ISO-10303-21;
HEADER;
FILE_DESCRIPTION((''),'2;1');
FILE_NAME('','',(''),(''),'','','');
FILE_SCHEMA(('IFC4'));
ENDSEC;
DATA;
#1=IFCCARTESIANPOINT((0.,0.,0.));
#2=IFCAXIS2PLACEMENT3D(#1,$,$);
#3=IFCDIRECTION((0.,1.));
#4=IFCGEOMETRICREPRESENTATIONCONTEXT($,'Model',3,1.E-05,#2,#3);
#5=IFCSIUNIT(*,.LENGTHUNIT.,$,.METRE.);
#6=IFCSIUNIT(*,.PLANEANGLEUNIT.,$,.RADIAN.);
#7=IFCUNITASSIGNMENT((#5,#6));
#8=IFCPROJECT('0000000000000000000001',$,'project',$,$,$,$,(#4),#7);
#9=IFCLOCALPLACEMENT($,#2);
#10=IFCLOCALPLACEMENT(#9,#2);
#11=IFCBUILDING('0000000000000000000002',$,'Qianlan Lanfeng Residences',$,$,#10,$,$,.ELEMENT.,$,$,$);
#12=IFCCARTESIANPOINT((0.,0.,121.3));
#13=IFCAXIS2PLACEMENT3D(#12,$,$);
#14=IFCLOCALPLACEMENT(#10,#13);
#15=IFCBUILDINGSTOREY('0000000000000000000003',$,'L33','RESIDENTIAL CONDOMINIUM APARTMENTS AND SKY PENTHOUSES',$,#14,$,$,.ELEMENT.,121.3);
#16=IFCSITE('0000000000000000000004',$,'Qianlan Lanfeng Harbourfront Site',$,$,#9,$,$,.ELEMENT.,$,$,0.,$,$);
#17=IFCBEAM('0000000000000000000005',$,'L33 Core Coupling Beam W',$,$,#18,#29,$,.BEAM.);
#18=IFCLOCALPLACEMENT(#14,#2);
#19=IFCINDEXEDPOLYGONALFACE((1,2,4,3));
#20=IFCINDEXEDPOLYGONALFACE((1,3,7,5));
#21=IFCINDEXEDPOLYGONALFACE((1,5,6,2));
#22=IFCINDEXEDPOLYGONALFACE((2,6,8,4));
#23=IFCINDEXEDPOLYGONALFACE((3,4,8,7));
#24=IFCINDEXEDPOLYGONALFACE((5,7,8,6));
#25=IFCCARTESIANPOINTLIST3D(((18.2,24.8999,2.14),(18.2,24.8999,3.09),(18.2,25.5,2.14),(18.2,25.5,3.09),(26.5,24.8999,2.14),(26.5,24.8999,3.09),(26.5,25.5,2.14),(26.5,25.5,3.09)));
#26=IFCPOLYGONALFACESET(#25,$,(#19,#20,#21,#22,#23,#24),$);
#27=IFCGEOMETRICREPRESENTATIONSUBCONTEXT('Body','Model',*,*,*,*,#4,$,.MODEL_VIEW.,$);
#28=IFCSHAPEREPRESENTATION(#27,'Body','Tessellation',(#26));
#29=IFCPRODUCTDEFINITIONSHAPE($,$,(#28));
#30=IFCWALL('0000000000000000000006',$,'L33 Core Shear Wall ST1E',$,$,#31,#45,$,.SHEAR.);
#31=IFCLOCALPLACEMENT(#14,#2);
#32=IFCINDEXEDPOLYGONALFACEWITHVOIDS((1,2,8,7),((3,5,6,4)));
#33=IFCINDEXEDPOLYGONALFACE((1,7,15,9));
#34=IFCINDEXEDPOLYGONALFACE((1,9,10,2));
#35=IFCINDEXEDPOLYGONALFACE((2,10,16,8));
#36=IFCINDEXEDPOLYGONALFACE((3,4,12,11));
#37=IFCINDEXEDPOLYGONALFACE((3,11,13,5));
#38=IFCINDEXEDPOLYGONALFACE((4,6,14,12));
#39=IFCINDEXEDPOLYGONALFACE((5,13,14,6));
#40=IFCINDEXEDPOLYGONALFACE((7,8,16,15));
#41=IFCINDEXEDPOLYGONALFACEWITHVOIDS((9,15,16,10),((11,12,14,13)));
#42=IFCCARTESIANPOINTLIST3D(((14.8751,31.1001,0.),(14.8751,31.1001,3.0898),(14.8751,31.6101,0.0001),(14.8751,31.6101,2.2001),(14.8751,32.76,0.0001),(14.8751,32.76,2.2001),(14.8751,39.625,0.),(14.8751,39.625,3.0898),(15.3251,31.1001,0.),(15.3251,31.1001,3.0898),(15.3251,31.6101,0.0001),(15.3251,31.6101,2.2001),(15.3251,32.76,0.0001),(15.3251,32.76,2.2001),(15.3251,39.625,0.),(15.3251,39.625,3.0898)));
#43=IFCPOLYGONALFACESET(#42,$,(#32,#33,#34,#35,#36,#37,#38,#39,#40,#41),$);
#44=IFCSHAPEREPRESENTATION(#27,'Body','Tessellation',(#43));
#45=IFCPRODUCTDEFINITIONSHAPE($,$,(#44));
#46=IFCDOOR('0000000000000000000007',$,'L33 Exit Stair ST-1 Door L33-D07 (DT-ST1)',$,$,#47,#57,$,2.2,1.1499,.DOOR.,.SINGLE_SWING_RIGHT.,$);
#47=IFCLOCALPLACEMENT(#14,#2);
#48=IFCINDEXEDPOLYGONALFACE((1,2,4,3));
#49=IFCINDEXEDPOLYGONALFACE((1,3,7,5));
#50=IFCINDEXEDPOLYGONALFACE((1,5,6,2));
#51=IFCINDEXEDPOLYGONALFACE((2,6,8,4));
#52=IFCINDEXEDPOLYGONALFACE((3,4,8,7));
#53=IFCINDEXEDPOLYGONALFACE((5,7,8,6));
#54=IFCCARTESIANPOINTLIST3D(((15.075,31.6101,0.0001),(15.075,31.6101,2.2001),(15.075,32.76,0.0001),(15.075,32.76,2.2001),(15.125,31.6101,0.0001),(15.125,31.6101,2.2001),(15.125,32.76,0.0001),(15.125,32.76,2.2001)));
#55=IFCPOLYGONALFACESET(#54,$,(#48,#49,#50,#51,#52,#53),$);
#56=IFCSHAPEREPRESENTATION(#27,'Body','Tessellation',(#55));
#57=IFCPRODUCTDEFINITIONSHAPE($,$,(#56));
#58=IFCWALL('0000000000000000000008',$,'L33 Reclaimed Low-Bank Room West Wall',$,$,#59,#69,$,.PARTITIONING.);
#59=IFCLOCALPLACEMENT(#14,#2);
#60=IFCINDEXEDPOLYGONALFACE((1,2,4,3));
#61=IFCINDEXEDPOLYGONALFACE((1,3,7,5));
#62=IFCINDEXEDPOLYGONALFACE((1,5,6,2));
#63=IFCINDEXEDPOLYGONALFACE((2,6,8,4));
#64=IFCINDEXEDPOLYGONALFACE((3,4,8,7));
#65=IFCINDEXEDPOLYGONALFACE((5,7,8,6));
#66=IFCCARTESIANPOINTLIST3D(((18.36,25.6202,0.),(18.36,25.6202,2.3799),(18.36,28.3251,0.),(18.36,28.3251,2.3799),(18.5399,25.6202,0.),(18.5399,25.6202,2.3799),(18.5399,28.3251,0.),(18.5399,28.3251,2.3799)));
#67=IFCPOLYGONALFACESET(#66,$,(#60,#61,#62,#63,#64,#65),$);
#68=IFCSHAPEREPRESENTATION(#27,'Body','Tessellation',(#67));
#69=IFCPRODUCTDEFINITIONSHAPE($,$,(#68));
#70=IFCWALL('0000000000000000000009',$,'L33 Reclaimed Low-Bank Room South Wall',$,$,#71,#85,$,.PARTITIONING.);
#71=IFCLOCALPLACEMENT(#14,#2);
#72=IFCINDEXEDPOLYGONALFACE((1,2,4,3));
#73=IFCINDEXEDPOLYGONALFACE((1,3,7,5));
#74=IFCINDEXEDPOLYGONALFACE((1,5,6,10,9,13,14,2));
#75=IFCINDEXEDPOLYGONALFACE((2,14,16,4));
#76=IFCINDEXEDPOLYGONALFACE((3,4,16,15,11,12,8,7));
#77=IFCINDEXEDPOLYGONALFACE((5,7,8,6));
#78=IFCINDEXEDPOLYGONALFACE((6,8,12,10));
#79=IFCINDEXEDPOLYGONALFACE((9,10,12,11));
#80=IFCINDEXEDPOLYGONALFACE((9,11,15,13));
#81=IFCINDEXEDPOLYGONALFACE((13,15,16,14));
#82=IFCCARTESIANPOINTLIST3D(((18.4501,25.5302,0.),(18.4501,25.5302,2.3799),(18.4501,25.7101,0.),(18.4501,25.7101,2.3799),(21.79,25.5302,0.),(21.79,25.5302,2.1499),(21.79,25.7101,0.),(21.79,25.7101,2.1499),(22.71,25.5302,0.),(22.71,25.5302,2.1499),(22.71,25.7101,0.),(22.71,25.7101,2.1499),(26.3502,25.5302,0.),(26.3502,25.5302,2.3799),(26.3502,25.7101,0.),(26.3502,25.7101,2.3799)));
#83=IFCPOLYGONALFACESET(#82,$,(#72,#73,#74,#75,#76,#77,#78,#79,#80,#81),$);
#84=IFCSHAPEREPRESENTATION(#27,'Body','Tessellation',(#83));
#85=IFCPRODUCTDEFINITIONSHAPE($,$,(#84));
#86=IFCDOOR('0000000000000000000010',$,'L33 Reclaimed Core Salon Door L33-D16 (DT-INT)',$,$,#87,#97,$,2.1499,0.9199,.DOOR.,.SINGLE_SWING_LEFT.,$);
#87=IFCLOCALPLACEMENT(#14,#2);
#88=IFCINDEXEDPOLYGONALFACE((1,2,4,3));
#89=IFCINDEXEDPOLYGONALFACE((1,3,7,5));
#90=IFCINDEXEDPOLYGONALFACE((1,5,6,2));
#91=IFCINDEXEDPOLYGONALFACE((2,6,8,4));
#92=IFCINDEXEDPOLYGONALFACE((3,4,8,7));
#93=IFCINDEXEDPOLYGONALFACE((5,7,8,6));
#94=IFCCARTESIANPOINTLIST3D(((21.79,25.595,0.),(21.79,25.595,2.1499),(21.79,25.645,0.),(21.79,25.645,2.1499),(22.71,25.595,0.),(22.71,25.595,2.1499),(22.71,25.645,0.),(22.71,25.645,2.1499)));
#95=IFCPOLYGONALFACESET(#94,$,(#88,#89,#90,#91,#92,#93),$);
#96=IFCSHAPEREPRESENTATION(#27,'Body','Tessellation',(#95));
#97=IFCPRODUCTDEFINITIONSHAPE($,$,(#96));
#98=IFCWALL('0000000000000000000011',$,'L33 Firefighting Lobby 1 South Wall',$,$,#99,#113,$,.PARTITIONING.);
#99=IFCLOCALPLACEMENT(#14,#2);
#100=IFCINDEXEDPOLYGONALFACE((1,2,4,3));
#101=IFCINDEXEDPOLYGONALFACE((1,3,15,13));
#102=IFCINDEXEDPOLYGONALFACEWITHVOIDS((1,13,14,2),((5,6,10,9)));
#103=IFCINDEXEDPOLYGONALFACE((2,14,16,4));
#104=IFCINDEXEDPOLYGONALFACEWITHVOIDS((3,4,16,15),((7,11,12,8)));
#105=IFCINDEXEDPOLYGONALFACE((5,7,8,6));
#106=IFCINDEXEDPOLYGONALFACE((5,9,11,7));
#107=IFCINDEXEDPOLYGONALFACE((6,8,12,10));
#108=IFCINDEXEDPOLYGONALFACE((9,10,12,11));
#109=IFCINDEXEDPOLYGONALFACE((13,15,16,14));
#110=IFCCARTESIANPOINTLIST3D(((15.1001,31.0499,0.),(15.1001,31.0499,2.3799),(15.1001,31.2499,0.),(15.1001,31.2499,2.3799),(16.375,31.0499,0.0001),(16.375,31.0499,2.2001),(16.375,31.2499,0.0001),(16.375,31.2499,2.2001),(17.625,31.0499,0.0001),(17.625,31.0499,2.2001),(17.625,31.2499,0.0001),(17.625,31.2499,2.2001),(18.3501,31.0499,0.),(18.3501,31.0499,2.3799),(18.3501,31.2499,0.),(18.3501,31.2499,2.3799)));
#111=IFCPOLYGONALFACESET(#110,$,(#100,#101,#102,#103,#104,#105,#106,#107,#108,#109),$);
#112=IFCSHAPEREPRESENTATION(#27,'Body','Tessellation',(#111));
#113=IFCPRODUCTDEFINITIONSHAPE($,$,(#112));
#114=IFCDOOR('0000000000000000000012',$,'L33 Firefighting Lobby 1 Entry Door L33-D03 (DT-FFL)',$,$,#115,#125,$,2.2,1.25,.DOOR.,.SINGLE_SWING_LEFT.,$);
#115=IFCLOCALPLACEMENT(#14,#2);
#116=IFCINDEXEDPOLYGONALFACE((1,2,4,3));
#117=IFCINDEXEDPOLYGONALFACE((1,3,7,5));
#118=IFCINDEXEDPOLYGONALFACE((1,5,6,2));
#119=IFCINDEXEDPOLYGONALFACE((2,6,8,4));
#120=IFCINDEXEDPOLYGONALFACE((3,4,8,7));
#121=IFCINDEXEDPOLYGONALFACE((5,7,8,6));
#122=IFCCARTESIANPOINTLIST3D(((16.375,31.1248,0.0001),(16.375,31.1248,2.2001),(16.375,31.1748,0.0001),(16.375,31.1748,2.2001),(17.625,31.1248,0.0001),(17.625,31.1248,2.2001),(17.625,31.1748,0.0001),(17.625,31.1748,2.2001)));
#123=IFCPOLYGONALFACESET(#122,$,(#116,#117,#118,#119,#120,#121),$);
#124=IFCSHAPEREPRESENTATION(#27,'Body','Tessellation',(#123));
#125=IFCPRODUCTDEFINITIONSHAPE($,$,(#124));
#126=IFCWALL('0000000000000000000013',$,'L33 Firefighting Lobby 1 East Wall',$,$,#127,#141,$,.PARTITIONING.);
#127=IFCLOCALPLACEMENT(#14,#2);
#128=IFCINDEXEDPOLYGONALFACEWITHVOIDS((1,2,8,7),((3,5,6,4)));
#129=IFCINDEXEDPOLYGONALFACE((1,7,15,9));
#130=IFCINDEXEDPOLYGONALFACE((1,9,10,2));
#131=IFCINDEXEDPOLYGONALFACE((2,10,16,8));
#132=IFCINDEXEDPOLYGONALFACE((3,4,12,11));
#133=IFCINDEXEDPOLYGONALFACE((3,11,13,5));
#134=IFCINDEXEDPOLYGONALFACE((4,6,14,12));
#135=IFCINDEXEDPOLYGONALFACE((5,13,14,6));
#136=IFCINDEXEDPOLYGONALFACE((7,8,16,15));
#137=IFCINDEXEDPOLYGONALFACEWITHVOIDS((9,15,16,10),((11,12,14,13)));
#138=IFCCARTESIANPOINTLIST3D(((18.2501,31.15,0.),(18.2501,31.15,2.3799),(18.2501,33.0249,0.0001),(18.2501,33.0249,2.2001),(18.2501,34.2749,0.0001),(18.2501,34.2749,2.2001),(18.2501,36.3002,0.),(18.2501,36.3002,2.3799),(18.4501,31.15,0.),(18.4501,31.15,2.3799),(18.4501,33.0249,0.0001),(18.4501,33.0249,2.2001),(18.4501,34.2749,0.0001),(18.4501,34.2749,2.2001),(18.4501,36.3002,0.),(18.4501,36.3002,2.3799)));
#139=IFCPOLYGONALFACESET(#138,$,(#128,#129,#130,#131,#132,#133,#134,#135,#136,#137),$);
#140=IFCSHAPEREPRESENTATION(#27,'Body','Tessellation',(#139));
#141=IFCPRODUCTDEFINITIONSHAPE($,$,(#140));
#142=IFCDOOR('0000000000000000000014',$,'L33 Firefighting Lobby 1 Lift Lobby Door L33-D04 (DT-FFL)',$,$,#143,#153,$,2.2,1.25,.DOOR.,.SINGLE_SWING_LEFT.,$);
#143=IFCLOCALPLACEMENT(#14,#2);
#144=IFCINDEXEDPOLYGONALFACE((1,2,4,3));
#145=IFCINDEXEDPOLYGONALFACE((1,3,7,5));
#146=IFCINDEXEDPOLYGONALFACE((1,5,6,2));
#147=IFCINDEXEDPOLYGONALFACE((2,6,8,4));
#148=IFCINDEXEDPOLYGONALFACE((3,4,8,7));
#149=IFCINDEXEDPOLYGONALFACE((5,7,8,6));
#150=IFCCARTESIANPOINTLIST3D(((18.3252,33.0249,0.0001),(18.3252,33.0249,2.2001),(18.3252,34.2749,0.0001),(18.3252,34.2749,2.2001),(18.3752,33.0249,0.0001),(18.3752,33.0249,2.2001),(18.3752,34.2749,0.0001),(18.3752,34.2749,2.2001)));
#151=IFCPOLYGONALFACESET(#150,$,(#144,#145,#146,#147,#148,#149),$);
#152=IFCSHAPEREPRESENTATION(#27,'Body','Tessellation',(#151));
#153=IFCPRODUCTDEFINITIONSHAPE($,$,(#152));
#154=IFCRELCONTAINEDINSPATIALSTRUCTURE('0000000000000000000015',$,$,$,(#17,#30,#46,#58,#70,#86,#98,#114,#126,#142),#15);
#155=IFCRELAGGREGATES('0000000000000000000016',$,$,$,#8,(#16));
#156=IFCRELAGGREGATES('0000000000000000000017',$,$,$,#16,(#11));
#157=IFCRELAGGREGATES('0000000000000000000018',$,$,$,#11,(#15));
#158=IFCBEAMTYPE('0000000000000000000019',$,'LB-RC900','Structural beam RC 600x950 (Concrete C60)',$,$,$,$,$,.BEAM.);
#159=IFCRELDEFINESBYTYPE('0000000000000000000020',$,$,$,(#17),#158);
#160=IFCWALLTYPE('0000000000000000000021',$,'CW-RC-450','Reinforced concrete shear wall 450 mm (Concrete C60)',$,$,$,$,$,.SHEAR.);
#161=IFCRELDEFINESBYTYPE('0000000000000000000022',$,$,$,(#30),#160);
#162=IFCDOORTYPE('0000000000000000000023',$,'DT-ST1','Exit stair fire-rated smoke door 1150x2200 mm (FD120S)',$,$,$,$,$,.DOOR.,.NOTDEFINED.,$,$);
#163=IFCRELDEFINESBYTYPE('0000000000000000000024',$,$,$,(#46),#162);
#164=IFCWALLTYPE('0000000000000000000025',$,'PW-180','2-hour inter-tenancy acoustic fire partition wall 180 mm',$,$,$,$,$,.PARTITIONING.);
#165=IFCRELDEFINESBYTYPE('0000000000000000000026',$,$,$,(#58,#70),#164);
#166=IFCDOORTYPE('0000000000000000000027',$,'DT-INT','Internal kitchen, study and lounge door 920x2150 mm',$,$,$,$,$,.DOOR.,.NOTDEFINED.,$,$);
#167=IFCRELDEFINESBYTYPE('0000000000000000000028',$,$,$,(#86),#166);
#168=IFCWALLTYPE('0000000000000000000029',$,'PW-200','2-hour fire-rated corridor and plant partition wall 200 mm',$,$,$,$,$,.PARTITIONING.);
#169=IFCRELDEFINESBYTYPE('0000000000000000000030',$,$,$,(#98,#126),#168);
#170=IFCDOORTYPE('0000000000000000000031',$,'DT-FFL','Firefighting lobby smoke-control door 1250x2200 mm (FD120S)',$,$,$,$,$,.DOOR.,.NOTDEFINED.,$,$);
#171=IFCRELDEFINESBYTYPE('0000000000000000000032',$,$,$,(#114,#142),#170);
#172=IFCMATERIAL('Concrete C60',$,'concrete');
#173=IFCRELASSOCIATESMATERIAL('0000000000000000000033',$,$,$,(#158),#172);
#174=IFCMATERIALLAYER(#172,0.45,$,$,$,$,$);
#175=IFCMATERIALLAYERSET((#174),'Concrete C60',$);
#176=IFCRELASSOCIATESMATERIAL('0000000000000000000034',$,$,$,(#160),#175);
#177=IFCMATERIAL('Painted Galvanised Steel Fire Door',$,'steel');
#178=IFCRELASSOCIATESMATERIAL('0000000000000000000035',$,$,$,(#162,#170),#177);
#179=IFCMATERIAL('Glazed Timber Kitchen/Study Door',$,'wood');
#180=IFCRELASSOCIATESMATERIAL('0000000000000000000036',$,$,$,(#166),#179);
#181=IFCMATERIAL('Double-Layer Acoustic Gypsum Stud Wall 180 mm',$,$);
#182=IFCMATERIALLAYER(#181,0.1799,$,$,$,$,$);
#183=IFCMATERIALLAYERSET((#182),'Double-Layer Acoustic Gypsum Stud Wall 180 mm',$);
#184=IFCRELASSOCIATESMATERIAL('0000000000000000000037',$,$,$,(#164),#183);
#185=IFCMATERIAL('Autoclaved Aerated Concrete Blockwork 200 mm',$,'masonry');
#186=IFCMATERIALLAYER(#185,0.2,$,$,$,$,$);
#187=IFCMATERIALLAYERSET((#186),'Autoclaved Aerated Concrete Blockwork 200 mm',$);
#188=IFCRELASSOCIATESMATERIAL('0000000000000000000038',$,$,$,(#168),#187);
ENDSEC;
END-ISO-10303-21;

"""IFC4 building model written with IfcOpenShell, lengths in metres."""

from ifc_helpers import new_model, si_unit, direction, frame, frame_2d, origin, origin_2d, place, context, subcontext, project, spatial, rectangle, extrude, material, layer, layer_set, material_profile, profile_set, type_object, element, fill, save


model = new_model("IFC4")

# Units and contexts
model_context = context("Model", 3, precision=1e-05, world=origin(), true_north=direction((0.0, 1.0)))
body_context = subcontext(model_context, "Body", "Model", "MODEL_VIEW")
ifc_project = project(units=[si_unit("LENGTHUNIT", "METRE"), si_unit("PLANEANGLEUNIT", "RADIAN")], contexts=[model_context])

# Site, building, storey
site_placement = place(None, origin())
site = spatial("IfcSite", under=ifc_project, at=site_placement, Name="Qianlan Lanfeng Harbourfront Site", CompositionType="ELEMENT", RefElevation=0.0)
building_placement = place(site_placement, origin())
building = spatial("IfcBuilding", under=site, at=building_placement, Name="Qianlan Lanfeng Residences", CompositionType="ELEMENT")
storey_placement = place(building_placement, frame((0.0, 0.0, 121.3)))
storey = spatial("IfcBuildingStorey", under=building, at=storey_placement, Name="L33", Description="RESIDENTIAL CONDOMINIUM APARTMENTS AND SKY PENTHOUSES", CompositionType="ELEMENT", Elevation=121.3)

# Beam
ifc_material_1 = material(Name="Concrete C60", Category="concrete")
ifc_material_profile = material_profile(ifc_material_1, rectangle(XDim=0.6001, YDim=0.95, at=origin_2d()), Name="RC 600x950")
ifc_profile_set = profile_set([ifc_material_profile], Name="Concrete C60")
beam_type = type_object("IfcBeamType", Name="LB-RC900", Description="Structural beam RC 600x950 (Concrete C60)", PredefinedType="BEAM", material=ifc_profile_set)
beam_placement = place(storey_placement, frame((18.2, 25.2, 2.615), z_axis=(1.0, 0.0, 0.0), x_axis=(0.0, 1.0, 0.0)))
element("IfcBeam", 1, at=beam_placement, inside=storey, type_object=beam_type, Name="L33 Core Coupling Beam W", PredefinedType="BEAM", context=body_context, shape_type="SweptSolid", body=[
    extrude(rectangle(XDim=0.6001, YDim=0.95, at=origin_2d()), origin(), (0.0, 0.0, 1.0), 8.3),
])

# Wall, opening, door
ifc_layer_1 = layer(ifc_material_1, 0.45)
ifc_layer_set_1 = layer_set([ifc_layer_1], Name="Concrete C60")
wall_type_1 = type_object("IfcWallType", Name="CW-RC-450", Description="Reinforced concrete shear wall 450 mm (Concrete C60)", PredefinedType="SHEAR", material=ifc_layer_set_1)
wall_1_placement = place(storey_placement, frame((15.1001, 31.1001, 0.0), z_axis=(0.0, 0.0, 1.0), x_axis=(0.0, 1.0, 0.0)))
wall_1 = element("IfcWall", 2, at=wall_1_placement, inside=storey, type_object=wall_type_1, Name="L33 Core Shear Wall ST1E", PredefinedType="SHEAR", context=body_context, shape_type="SweptSolid", body=[
    extrude(rectangle(XDim=8.5249, YDim=0.45, at=frame_2d((4.2625, 0.0))), origin(), (0.0, 0.0, 1.0), 3.0898),
])
opening_1_placement = place(wall_1_placement, frame((0.51, 0.0, 0.0)))
opening_1 = element("IfcOpeningElement", 3, at=opening_1_placement, cuts=wall_1, PredefinedType="OPENING", context=body_context, shape_type="SweptSolid", body=[
    extrude(rectangle(XDim=1.1499, YDim=2.2, at=frame_2d((0.575, 1.1001))), frame((0.0, 0.2349, 0.0), z_axis=(0.0, -1.0, 0.0), x_axis=(1.0, 0.0, 0.0)), (0.0, 0.0, 1.0), 0.47),
])
ifc_material_2 = material(Name="Painted Galvanised Steel Fire Door", Category="steel")
door_type_1 = type_object("IfcDoorType", Name="DT-ST1", Description="Exit stair fire-rated smoke door 1150x2200 mm (FD120S)", OperationType="NOTDEFINED", PredefinedType="DOOR", material=ifc_material_2)
door_1_placement = place(opening_1_placement, frame((1.1499, 0.0, 0.0), z_axis=(0.0, 0.0, 1.0), x_axis=(-1.0, 0.0, 0.0)))
door_1 = element("IfcDoor", 4, at=door_1_placement, inside=storey, type_object=door_type_1, Name="L33 Exit Stair ST-1 Door L33-D07 (DT-ST1)", OperationType="SINGLE_SWING_RIGHT", OverallHeight=2.2, OverallWidth=1.1499, PredefinedType="DOOR", context=body_context, shape_type="SweptSolid", body=[
    extrude(rectangle(XDim=1.1499, YDim=2.2, at=frame_2d((0.575, 1.1001))), frame((0.0, 0.0249, 0.0), z_axis=(0.0, -1.0, 0.0), x_axis=(1.0, 0.0, 0.0)), (0.0, 0.0, 1.0), 0.05),
])
fill(opening_1, door_1)

# Shared definitions
ifc_material_3 = material(Name="Glazed Timber Kitchen/Study Door", Category="wood")
door_type_2 = type_object("IfcDoorType", Name="DT-INT", Description="Internal kitchen, study and lounge door 920x2150 mm", OperationType="NOTDEFINED", PredefinedType="DOOR", material=ifc_material_3)

# Shared definitions
ifc_material_4 = material(Name="Double-Layer Acoustic Gypsum Stud Wall 180 mm")
ifc_layer_2 = layer(ifc_material_4, 0.1799)
ifc_layer_set_2 = layer_set([ifc_layer_2], Name="Double-Layer Acoustic Gypsum Stud Wall 180 mm")
wall_type_2 = type_object("IfcWallType", Name="PW-180", Description="2-hour inter-tenancy acoustic fire partition wall 180 mm", PredefinedType="PARTITIONING", material=ifc_layer_set_2)

# Wall
wall_2_placement = place(storey_placement, frame((18.45, 25.6201, 0.0), z_axis=(0.0, 0.0, 1.0), x_axis=(0.0, 1.0, 0.0)))
element("IfcWall", 5, at=wall_2_placement, inside=storey, type_object=wall_type_2, Name="L33 Reclaimed Low-Bank Room West Wall", PredefinedType="PARTITIONING", context=body_context, shape_type="SweptSolid", body=[
    extrude(rectangle(XDim=2.7048, YDim=0.1799, at=frame_2d((1.3525, 0.0))), origin(), (0.0, 0.0, 1.0), 2.3799),
])

# Walls, openings, doors
wall_3_placement = place(storey_placement, frame((18.45, 25.6201, 0.0), z_axis=(0.0, 0.0, 1.0), x_axis=(1.0, 0.0, 0.0)))
wall_3 = element("IfcWall", 6, at=wall_3_placement, inside=storey, type_object=wall_type_2, Name="L33 Reclaimed Low-Bank Room South Wall", PredefinedType="PARTITIONING", context=body_context, shape_type="SweptSolid", body=[
    extrude(rectangle(XDim=7.9001, YDim=0.1799, at=frame_2d((3.9502, 0.0))), origin(), (0.0, 0.0, 1.0), 2.3799),
])
opening_2_placement = place(wall_3_placement, frame((3.3401, 0.0, 0.0)))
opening_2 = element("IfcOpeningElement", 7, at=opening_2_placement, cuts=wall_3, PredefinedType="OPENING", context=body_context, shape_type="SweptSolid", body=[
    extrude(rectangle(XDim=0.9199, YDim=2.1499, at=frame_2d((0.46, 1.075))), frame((0.0, 0.1001, 0.0), z_axis=(0.0, -1.0, 0.0), x_axis=(1.0, 0.0, 0.0)), (0.0, 0.0, 1.0), 0.2),
])
door_2_placement = place(opening_2_placement, origin())
door_2 = element("IfcDoor", 8, at=door_2_placement, inside=storey, type_object=door_type_2, Name="L33 Reclaimed Core Salon Door L33-D16 (DT-INT)", OperationType="SINGLE_SWING_LEFT", OverallHeight=2.1499, OverallWidth=0.9199, PredefinedType="DOOR", context=body_context, shape_type="SweptSolid", body=[
    extrude(rectangle(XDim=0.9199, YDim=2.1499, at=frame_2d((0.46, 1.075))), frame((0.0, 0.0249, 0.0), z_axis=(0.0, -1.0, 0.0), x_axis=(1.0, 0.0, 0.0)), (0.0, 0.0, 1.0), 0.05),
])
fill(opening_2, door_2)
ifc_material_5 = material(Name="Autoclaved Aerated Concrete Blockwork 200 mm", Category="masonry")
ifc_layer_3 = layer(ifc_material_5, 0.2)
ifc_layer_set_3 = layer_set([ifc_layer_3], Name="Autoclaved Aerated Concrete Blockwork 200 mm")
wall_type_3 = type_object("IfcWallType", Name="PW-200", Description="2-hour fire-rated corridor and plant partition wall 200 mm", PredefinedType="PARTITIONING", material=ifc_layer_set_3)
wall_4_placement = place(storey_placement, frame((15.1001, 31.1499, 0.0), z_axis=(0.0, 0.0, 1.0), x_axis=(1.0, 0.0, 0.0)))
wall_4 = element("IfcWall", 9, at=wall_4_placement, inside=storey, type_object=wall_type_3, Name="L33 Firefighting Lobby 1 South Wall", PredefinedType="PARTITIONING", context=body_context, shape_type="SweptSolid", body=[
    extrude(rectangle(XDim=3.25, YDim=0.2, at=frame_2d((1.625, 0.0))), origin(), (0.0, 0.0, 1.0), 2.3799),
])
opening_3_placement = place(wall_4_placement, frame((1.2749, 0.0, 0.0)))
opening_3 = element("IfcOpeningElement", 10, at=opening_3_placement, cuts=wall_4, PredefinedType="OPENING", context=body_context, shape_type="SweptSolid", body=[
    extrude(rectangle(XDim=1.25, YDim=2.2, at=frame_2d((0.625, 1.1001))), frame((0.0, 0.1099, 0.0), z_axis=(0.0, -1.0, 0.0), x_axis=(1.0, 0.0, 0.0)), (0.0, 0.0, 1.0), 0.22),
])
door_type_3 = type_object("IfcDoorType", Name="DT-FFL", Description="Firefighting lobby smoke-control door 1250x2200 mm (FD120S)", OperationType="NOTDEFINED", PredefinedType="DOOR", material=ifc_material_2)
door_3_placement = place(opening_3_placement, origin())
door_3 = element("IfcDoor", 11, at=door_3_placement, inside=storey, type_object=door_type_3, Name="L33 Firefighting Lobby 1 Entry Door L33-D03 (DT-FFL)", OperationType="SINGLE_SWING_LEFT", OverallHeight=2.2, OverallWidth=1.25, PredefinedType="DOOR", context=body_context, shape_type="SweptSolid", body=[
    extrude(rectangle(XDim=1.25, YDim=2.2, at=frame_2d((0.625, 1.1001))), frame((0.0, 0.0249, 0.0), z_axis=(0.0, -1.0, 0.0), x_axis=(1.0, 0.0, 0.0)), (0.0, 0.0, 1.0), 0.05),
])
fill(opening_3, door_3)
wall_5_placement = place(storey_placement, frame((18.3501, 31.1499, 0.0), z_axis=(0.0, 0.0, 1.0), x_axis=(0.0, 1.0, 0.0)))
wall_5 = element("IfcWall", 12, at=wall_5_placement, inside=storey, type_object=wall_type_3, Name="L33 Firefighting Lobby 1 East Wall", PredefinedType="PARTITIONING", context=body_context, shape_type="SweptSolid", body=[
    extrude(rectangle(XDim=5.1501, YDim=0.2, at=frame_2d((2.5752, 0.0))), origin(), (0.0, 0.0, 1.0), 2.3799),
])
opening_4_placement = place(wall_5_placement, frame((1.875, 0.0, 0.0)))
opening_4 = element("IfcOpeningElement", 13, at=opening_4_placement, cuts=wall_5, PredefinedType="OPENING", context=body_context, shape_type="SweptSolid", body=[
    extrude(rectangle(XDim=1.25, YDim=2.2, at=frame_2d((0.625, 1.1001))), frame((0.0, 0.1099, 0.0), z_axis=(0.0, -1.0, 0.0), x_axis=(1.0, 0.0, 0.0)), (0.0, 0.0, 1.0), 0.22),
])
door_4_placement = place(opening_4_placement, origin())
door_4 = element("IfcDoor", 14, at=door_4_placement, inside=storey, type_object=door_type_3, Name="L33 Firefighting Lobby 1 Lift Lobby Door L33-D04 (DT-FFL)", OperationType="SINGLE_SWING_LEFT", OverallHeight=2.2, OverallWidth=1.25, PredefinedType="DOOR", context=body_context, shape_type="SweptSolid", body=[
    extrude(rectangle(XDim=1.25, YDim=2.2, at=frame_2d((0.625, 1.1001))), frame((0.0, 0.0249, 0.0), z_axis=(0.0, -1.0, 0.0), x_axis=(1.0, 0.0, 0.0)), (0.0, 0.0, 1.0), 0.05),
])
fill(opening_4, door_4)

save(model, "model.ifc")
